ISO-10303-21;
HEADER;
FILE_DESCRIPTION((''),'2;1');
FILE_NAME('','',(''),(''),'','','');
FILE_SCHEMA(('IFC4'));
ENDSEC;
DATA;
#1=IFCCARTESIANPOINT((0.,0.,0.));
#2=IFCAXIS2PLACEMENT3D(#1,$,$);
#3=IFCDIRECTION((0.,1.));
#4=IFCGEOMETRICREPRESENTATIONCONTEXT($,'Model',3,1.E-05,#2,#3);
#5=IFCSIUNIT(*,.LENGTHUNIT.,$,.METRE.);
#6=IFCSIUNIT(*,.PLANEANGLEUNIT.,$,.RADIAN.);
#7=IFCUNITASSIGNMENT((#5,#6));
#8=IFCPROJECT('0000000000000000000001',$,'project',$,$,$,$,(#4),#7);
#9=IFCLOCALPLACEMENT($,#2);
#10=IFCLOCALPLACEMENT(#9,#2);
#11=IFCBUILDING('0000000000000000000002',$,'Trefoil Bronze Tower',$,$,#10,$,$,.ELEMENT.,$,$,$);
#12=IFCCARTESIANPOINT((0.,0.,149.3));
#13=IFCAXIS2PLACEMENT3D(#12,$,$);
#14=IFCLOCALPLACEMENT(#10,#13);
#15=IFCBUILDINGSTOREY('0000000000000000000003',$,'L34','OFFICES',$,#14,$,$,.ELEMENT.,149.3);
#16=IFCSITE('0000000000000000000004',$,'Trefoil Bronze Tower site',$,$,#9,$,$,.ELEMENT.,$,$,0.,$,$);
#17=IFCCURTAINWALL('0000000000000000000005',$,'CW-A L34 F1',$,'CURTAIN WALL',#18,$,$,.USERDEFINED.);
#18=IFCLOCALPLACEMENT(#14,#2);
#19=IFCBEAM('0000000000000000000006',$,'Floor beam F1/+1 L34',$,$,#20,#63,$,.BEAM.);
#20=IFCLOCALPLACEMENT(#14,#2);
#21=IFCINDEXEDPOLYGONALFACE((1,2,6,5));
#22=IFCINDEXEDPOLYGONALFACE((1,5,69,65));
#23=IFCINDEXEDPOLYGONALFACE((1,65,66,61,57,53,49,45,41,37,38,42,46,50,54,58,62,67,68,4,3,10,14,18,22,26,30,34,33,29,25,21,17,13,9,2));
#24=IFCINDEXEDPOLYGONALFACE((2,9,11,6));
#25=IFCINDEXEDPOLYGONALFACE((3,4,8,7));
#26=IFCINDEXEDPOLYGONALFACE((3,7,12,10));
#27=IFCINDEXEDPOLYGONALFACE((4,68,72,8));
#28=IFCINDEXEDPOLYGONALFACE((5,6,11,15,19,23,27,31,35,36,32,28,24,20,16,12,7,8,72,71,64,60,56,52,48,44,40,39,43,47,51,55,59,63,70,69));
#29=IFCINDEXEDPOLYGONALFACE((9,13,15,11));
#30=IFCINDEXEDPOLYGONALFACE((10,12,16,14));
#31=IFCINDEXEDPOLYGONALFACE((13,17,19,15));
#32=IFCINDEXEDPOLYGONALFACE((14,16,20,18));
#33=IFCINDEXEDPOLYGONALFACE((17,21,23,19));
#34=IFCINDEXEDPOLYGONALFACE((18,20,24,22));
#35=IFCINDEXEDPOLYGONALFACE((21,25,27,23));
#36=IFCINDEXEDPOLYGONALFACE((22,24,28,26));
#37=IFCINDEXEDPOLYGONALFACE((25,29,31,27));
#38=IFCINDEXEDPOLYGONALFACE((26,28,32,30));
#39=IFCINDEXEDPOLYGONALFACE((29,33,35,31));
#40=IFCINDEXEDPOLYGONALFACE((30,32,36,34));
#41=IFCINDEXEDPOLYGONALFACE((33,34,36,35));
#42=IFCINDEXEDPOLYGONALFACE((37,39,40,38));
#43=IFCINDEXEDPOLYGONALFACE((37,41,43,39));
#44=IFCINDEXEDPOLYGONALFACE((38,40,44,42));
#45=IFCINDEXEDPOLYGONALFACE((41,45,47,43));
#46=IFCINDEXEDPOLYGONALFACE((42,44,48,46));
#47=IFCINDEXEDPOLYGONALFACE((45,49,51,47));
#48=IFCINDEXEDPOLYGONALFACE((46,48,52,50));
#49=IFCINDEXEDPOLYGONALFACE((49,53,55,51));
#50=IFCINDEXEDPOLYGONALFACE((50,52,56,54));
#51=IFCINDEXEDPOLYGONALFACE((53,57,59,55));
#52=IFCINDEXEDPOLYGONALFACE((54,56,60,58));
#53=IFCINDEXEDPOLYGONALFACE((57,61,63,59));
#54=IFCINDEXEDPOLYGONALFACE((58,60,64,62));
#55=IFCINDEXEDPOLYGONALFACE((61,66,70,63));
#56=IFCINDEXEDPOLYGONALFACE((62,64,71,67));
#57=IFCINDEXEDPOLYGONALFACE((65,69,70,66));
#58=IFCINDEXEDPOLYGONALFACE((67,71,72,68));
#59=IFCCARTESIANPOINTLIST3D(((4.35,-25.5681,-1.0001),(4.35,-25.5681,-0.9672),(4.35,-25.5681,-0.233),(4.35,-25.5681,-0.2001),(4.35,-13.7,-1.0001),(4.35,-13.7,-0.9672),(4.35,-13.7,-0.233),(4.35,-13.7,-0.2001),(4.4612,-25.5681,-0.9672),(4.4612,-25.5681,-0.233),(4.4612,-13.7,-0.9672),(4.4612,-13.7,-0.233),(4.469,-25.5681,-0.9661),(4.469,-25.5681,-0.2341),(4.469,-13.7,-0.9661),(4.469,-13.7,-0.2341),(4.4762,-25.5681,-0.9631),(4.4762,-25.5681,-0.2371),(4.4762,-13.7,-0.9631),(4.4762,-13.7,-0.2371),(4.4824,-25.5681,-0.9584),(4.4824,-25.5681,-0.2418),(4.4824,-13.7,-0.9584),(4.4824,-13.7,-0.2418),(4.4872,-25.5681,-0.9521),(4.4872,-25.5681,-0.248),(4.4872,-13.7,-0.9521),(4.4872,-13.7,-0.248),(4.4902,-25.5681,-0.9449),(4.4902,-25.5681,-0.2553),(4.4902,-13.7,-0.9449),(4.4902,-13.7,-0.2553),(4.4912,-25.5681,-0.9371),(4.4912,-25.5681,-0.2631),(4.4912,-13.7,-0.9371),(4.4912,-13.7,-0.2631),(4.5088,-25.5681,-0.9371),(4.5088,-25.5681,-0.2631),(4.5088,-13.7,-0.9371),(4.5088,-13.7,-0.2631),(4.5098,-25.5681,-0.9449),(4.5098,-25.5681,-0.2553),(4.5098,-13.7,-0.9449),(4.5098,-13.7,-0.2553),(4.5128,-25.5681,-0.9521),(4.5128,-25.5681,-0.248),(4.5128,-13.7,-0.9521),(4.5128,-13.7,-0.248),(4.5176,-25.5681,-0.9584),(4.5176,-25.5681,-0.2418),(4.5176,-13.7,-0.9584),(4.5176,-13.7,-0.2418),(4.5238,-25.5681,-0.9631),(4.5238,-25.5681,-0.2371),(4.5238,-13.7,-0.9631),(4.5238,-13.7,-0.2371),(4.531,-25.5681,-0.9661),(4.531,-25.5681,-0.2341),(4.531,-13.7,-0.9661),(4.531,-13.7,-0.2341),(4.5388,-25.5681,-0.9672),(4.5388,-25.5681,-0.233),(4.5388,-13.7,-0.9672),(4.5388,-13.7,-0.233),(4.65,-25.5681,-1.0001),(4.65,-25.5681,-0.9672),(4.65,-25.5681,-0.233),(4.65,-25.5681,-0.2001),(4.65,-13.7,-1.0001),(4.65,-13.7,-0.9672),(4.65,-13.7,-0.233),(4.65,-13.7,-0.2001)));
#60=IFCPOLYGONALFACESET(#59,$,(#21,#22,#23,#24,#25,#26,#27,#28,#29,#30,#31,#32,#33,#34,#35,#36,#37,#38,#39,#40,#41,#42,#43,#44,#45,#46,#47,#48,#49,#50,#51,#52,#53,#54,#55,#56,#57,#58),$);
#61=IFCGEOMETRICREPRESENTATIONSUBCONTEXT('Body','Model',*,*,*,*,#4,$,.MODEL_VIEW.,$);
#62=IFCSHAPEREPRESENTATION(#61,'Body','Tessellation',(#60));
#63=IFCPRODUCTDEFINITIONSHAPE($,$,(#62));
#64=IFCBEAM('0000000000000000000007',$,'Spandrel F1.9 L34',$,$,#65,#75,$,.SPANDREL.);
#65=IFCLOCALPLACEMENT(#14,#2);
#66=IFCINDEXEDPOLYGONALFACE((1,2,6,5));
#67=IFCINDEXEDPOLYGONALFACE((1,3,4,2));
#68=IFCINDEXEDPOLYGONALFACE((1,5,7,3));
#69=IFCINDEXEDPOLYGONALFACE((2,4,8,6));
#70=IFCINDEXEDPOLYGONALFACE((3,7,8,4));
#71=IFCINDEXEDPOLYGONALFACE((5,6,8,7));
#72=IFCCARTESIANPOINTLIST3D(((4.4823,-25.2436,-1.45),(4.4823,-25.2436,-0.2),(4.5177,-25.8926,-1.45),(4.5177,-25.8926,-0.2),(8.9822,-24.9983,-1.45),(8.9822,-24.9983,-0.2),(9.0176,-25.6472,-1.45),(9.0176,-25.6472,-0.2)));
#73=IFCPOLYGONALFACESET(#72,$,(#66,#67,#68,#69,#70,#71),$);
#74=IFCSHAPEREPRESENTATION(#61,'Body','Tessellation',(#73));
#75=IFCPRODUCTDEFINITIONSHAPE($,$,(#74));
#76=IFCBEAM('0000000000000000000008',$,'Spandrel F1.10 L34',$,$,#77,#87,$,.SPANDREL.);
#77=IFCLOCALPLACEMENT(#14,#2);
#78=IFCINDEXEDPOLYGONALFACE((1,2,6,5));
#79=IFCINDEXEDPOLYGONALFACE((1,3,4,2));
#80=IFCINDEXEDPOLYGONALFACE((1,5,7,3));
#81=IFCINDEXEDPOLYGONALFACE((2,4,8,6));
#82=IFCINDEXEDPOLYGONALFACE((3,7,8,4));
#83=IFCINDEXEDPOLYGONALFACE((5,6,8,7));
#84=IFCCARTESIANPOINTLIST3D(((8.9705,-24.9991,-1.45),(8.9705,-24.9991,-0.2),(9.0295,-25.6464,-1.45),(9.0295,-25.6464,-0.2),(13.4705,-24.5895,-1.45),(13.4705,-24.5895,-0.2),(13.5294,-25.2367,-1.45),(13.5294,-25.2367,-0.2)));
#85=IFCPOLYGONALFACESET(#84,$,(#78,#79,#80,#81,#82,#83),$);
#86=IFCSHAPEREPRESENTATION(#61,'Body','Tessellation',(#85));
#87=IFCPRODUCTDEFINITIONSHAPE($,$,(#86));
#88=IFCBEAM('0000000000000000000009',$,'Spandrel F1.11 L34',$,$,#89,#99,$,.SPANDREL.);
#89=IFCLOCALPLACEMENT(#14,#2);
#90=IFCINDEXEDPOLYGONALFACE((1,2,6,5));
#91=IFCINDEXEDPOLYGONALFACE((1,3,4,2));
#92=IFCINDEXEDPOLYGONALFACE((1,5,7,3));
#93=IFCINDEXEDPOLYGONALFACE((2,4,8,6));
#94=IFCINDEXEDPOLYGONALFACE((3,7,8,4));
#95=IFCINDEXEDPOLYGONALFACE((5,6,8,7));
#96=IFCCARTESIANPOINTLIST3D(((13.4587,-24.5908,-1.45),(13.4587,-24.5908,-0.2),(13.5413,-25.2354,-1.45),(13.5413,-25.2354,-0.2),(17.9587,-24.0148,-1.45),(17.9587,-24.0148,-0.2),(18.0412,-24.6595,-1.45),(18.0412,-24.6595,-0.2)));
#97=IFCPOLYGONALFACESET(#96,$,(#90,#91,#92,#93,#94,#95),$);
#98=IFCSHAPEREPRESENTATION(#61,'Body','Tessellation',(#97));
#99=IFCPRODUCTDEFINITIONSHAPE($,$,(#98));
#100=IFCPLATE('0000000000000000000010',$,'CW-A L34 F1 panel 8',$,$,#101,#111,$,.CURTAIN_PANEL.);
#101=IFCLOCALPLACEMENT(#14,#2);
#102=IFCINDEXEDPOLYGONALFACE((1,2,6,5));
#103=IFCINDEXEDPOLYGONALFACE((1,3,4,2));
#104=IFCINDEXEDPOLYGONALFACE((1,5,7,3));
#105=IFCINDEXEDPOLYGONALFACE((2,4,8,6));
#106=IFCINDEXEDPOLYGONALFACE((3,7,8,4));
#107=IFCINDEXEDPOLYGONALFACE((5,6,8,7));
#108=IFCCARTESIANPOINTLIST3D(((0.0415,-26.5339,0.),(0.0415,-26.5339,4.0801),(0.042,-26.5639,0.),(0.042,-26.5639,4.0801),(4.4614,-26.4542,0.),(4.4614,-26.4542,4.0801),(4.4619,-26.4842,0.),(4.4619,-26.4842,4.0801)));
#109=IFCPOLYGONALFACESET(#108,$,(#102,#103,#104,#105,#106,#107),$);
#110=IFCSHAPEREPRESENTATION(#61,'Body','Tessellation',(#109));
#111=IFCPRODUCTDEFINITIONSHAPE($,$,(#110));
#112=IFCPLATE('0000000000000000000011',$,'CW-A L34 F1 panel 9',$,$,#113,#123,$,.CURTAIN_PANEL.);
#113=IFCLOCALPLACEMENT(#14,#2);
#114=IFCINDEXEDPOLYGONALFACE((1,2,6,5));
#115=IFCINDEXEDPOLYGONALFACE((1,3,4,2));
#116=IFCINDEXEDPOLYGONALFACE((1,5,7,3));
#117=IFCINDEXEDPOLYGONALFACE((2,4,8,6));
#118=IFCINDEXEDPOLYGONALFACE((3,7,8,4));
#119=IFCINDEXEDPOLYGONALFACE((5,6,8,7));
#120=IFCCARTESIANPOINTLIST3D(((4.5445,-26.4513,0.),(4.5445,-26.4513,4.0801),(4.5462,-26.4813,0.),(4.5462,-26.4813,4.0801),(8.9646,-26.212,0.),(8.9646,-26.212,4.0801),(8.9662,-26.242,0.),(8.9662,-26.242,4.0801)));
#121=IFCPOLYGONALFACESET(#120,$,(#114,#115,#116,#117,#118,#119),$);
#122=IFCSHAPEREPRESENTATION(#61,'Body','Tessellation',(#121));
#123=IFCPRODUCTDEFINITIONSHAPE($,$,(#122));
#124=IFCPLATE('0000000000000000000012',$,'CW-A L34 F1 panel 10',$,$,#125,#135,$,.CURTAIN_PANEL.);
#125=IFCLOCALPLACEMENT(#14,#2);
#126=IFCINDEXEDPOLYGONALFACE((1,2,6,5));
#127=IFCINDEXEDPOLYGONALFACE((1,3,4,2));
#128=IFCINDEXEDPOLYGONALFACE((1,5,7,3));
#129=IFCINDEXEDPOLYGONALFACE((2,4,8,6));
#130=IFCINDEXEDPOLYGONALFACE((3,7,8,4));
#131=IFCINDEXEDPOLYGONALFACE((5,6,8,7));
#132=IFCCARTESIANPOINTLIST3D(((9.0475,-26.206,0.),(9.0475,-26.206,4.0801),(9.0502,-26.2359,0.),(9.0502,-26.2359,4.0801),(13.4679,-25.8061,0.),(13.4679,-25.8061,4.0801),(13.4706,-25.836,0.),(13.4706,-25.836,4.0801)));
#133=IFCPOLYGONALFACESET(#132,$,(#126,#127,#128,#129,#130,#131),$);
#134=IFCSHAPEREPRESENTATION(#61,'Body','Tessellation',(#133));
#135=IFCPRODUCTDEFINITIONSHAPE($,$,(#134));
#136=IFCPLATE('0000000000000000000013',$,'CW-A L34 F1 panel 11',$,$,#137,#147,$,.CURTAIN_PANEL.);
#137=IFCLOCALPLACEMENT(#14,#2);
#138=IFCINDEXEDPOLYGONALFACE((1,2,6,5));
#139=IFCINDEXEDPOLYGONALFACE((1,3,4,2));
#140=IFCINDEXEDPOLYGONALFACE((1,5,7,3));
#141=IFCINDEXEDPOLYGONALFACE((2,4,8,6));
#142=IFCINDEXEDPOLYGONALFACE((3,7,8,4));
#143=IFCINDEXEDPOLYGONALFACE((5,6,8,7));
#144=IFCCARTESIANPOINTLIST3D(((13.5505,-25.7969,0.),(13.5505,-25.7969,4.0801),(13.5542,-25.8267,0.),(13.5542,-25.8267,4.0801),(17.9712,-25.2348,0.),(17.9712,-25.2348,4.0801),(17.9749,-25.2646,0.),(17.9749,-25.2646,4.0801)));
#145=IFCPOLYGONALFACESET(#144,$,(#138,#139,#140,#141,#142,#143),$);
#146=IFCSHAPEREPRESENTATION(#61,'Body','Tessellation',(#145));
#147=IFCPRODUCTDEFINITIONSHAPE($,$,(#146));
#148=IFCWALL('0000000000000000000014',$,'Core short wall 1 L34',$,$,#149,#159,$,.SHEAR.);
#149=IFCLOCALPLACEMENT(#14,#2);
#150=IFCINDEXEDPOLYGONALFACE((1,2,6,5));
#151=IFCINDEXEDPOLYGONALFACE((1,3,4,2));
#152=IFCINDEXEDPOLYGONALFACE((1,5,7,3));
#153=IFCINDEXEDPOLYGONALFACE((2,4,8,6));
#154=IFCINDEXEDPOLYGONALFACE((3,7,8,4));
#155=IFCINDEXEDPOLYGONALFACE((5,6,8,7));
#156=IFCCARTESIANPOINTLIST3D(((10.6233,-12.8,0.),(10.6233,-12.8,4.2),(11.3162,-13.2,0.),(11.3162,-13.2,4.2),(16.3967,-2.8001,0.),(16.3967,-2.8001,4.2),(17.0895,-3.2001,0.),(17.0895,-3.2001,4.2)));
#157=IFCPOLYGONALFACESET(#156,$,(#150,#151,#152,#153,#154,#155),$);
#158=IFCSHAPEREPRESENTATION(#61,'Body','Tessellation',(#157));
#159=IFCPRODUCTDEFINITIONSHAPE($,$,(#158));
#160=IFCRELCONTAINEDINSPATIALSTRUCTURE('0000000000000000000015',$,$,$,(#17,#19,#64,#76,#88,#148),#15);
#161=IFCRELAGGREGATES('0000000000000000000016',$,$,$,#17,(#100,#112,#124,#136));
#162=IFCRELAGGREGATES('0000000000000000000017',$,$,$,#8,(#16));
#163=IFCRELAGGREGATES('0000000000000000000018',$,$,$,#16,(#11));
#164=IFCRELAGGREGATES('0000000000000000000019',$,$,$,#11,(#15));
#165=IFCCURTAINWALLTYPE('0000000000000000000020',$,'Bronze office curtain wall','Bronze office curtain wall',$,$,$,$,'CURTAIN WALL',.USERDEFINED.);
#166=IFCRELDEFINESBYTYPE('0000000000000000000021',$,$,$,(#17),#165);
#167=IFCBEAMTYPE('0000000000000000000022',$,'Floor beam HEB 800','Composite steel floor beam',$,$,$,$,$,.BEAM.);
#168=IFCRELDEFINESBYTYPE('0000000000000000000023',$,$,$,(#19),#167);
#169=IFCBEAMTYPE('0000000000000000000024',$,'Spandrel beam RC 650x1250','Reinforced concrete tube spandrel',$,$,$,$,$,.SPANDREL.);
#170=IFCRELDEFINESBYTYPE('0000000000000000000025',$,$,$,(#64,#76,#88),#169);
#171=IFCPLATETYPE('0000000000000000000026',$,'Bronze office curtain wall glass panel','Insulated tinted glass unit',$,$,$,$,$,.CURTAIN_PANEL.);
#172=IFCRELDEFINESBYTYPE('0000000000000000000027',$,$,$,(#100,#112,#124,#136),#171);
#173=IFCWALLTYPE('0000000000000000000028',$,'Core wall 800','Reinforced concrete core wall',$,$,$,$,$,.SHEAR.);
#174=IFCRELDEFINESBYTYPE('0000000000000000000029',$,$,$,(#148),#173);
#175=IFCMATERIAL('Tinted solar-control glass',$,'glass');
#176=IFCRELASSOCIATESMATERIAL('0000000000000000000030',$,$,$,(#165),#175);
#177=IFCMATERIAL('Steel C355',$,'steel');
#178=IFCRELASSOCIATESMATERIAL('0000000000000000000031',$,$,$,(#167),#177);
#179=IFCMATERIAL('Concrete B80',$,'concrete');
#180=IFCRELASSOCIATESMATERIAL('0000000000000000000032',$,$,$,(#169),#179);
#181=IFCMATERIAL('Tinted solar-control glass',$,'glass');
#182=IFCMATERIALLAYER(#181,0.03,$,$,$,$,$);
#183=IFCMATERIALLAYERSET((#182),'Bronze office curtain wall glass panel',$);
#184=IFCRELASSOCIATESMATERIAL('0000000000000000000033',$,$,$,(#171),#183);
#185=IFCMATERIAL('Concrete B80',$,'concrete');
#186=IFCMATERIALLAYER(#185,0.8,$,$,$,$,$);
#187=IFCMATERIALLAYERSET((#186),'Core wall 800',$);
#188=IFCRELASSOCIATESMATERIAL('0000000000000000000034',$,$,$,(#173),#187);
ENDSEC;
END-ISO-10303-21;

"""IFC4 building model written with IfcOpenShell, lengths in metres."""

from ifc_helpers import new_model, si_unit, direction, frame, frame_2d, origin, origin_2d, place, context, subcontext, project, spatial, rectangle, i_section, extrude, material, layer, layer_set, material_profile, profile_set, type_object, element, aggregate, save


model = new_model("IFC4")

# Units and contexts
model_context = context("Model", 3, precision=1e-05, world=origin(), true_north=direction((0.0, 1.0)))
body_context = subcontext(model_context, "Body", "Model", "MODEL_VIEW")
ifc_project = project(units=[si_unit("LENGTHUNIT", "METRE"), si_unit("PLANEANGLEUNIT", "RADIAN")], contexts=[model_context])

# Site, building, storey
site_placement = place(None, origin())
site = spatial("IfcSite", under=ifc_project, at=site_placement, Name="Trefoil Bronze Tower site", CompositionType="ELEMENT", RefElevation=0.0)
building_placement = place(site_placement, origin())
building = spatial("IfcBuilding", under=site, at=building_placement, Name="Trefoil Bronze Tower", CompositionType="ELEMENT")
storey_placement = place(building_placement, frame((0.0, 0.0, 149.3)))
storey = spatial("IfcBuildingStorey", under=building, at=storey_placement, Name="L34", Description="OFFICES", CompositionType="ELEMENT", Elevation=149.3)

# Curtain wall
ifc_material_1 = material(Name="Tinted solar-control glass", Category="glass")
curtain_wall_type = type_object("IfcCurtainWallType", Name="Bronze office curtain wall", Description="Bronze office curtain wall", ElementType="CURTAIN WALL", PredefinedType="USERDEFINED", material=ifc_material_1)
curtain_wall_placement = place(storey_placement, origin())
curtain_wall = element("IfcCurtainWall", 1, at=curtain_wall_placement, inside=storey, type_object=curtain_wall_type, Name="CW-A L34 F1", ObjectType="CURTAIN WALL", PredefinedType="USERDEFINED")

# Beams
ifc_material_2 = material(Name="Steel C355", Category="steel")
ifc_material_profile_1 = material_profile(ifc_material_2, i_section(OverallWidth=0.3, OverallDepth=0.8, WebThickness=0.0176, FlangeThickness=0.033, FilletRadius=0.03, at=origin_2d()), Name="HEB 800")
ifc_profile_set_1 = profile_set([ifc_material_profile_1], Name="Steel C355")
beam_type_1 = type_object("IfcBeamType", Name="Floor beam HEB 800", Description="Composite steel floor beam", PredefinedType="BEAM", material=ifc_profile_set_1)
beam_1_placement = place(storey_placement, frame((4.5, -25.5681, -0.6001), z_axis=(0.0, 1.0, 0.0), x_axis=(-1.0, 0.0, 0.0)))
element("IfcBeam", 2, at=beam_1_placement, inside=storey, type_object=beam_type_1, Name="Floor beam F1/+1 L34", PredefinedType="BEAM", context=body_context, shape_type="SweptSolid", body=[
    extrude(i_section(OverallWidth=0.3, OverallDepth=0.8, WebThickness=0.0176, FlangeThickness=0.033, FilletRadius=0.03, at=origin_2d()), origin(), (0.0, 0.0, 1.0), 11.8682),
])
ifc_material_3 = material(Name="Concrete B80", Category="concrete")
ifc_material_profile_2 = material_profile(ifc_material_3, rectangle(XDim=0.6499, YDim=1.25, at=origin_2d()), Name="RC 650x1250")
ifc_profile_set_2 = profile_set([ifc_material_profile_2], Name="Concrete B80")
beam_type_2 = type_object("IfcBeamType", Name="Spandrel beam RC 650x1250", Description="Reinforced concrete tube spandrel", PredefinedType="SPANDREL", material=ifc_profile_set_2)
beam_2_placement = place(storey_placement, frame((4.5, -25.5681, -0.825), z_axis=(0.998517, 0.054444, 0.0), x_axis=(-0.054444, 0.998517, 0.0)))
element("IfcBeam", 3, at=beam_2_placement, inside=storey, type_object=beam_type_2, Name="Spandrel F1.9 L34", PredefinedType="SPANDREL", context=body_context, shape_type="SweptSolid", body=[
    extrude(rectangle(XDim=0.6499, YDim=1.25, at=origin_2d()), origin(), (0.0, 0.0, 1.0), 4.5066),
])
beam_3_placement = place(storey_placement, frame((9.0, -25.3228, -0.825), z_axis=(0.995882, 0.090662, 0.0), x_axis=(-0.090662, 0.995882, 0.0)))
element("IfcBeam", 4, at=beam_3_placement, inside=storey, type_object=beam_type_2, Name="Spandrel F1.10 L34", PredefinedType="SPANDREL", context=body_context, shape_type="SweptSolid", body=[
    extrude(rectangle(XDim=0.6499, YDim=1.25, at=origin_2d()), origin(), (0.0, 0.0, 1.0), 4.5186),
])
beam_4_placement = place(storey_placement, frame((13.5, -24.9131, -0.825), z_axis=(0.991909, 0.126948, 0.0), x_axis=(-0.126948, 0.991909, 0.0)))
element("IfcBeam", 5, at=beam_4_placement, inside=storey, type_object=beam_type_2, Name="Spandrel F1.11 L34", PredefinedType="SPANDREL", context=body_context, shape_type="SweptSolid", body=[
    extrude(rectangle(XDim=0.6499, YDim=1.25, at=origin_2d()), origin(), (0.0, 0.0, 1.0), 4.5366),
])

# Plates
ifc_material_4 = material(Name="Tinted solar-control glass", Category="glass")
ifc_layer_1 = layer(ifc_material_4, 0.03)
ifc_layer_set_1 = layer_set([ifc_layer_1], Name="Bronze office curtain wall glass panel")
plate_type = type_object("IfcPlateType", Name="Bronze office curtain wall glass panel", Description="Insulated tinted glass unit", PredefinedType="CURTAIN_PANEL", material=ifc_layer_set_1)
plate_1_placement = place(storey_placement, frame((2.2517, -26.509, 0.0), z_axis=(0.0, 0.0, 1.0), x_axis=(0.999838, 0.018021, 0.0)))
plate_1 = element("IfcPlate", 6, at=plate_1_placement, type_object=plate_type, Name="CW-A L34 F1 panel 8", PredefinedType="CURTAIN_PANEL", context=body_context, shape_type="SweptSolid", body=[
    extrude(rectangle(XDim=4.4207, YDim=0.03, at=origin_2d()), origin(), (0.0, 0.0, 1.0), 4.0801),
])
plate_2_placement = place(storey_placement, frame((6.7554, -26.3467, 0.0), z_axis=(0.0, 0.0, 1.0), x_axis=(0.998538, 0.054063, 0.0)))
plate_2 = element("IfcPlate", 7, at=plate_2_placement, type_object=plate_type, Name="CW-A L34 F1 panel 9", PredefinedType="CURTAIN_PANEL", context=body_context, shape_type="SweptSolid", body=[
    extrude(rectangle(XDim=4.4265, YDim=0.03, at=origin_2d()), origin(), (0.0, 0.0, 1.0), 4.0801),
])
plate_3_placement = place(storey_placement, frame((11.259, -26.021, 0.0), z_axis=(0.0, 0.0, 1.0), x_axis=(0.995932, 0.090105, 0.0)))
plate_3 = element("IfcPlate", 8, at=plate_3_placement, type_object=plate_type, Name="CW-A L34 F1 panel 10", PredefinedType="CURTAIN_PANEL", context=body_context, shape_type="SweptSolid", body=[
    extrude(rectangle(XDim=4.4385, YDim=0.03, at=origin_2d()), origin(), (0.0, 0.0, 1.0), 4.0801),
])
plate_4_placement = place(storey_placement, frame((15.7627, -25.5308, 0.0), z_axis=(0.0, 0.0, 1.0), x_axis=(0.992012, 0.126147, 0.0)))
plate_4 = element("IfcPlate", 9, at=plate_4_placement, type_object=plate_type, Name="CW-A L34 F1 panel 11", PredefinedType="CURTAIN_PANEL", context=body_context, shape_type="SweptSolid", body=[
    extrude(rectangle(XDim=4.4563, YDim=0.03, at=origin_2d()), origin(), (0.0, 0.0, 1.0), 4.0801),
])
aggregate(curtain_wall, [plate_1, plate_2, plate_3, plate_4])

# Wall
ifc_material_5 = material(Name="Concrete B80", Category="concrete")
ifc_layer_2 = layer(ifc_material_5, 0.8)
ifc_layer_set_2 = layer_set([ifc_layer_2], Name="Core wall 800")
wall_type_1 = type_object("IfcWallType", Name="Core wall 800", Description="Reinforced concrete core wall", PredefinedType="SHEAR", material=ifc_layer_set_2)
wall_1_placement = place(storey_placement, frame((10.9697, -13.0, 0.0), z_axis=(0.0, 0.0, 1.0), x_axis=(0.499996, 0.866028, 0.0)))
element("IfcWall", 10, at=wall_1_placement, inside=storey, type_object=wall_type_1, Name="Core short wall 1 L34", PredefinedType="SHEAR", context=body_context, shape_type="SweptSolid", body=[
    extrude(rectangle(XDim=11.5469, YDim=0.8, at=frame_2d((5.7734, 0.0))), origin(), (0.0, 0.0, 1.0), 4.2),
])

save(model, "model.ifc")
